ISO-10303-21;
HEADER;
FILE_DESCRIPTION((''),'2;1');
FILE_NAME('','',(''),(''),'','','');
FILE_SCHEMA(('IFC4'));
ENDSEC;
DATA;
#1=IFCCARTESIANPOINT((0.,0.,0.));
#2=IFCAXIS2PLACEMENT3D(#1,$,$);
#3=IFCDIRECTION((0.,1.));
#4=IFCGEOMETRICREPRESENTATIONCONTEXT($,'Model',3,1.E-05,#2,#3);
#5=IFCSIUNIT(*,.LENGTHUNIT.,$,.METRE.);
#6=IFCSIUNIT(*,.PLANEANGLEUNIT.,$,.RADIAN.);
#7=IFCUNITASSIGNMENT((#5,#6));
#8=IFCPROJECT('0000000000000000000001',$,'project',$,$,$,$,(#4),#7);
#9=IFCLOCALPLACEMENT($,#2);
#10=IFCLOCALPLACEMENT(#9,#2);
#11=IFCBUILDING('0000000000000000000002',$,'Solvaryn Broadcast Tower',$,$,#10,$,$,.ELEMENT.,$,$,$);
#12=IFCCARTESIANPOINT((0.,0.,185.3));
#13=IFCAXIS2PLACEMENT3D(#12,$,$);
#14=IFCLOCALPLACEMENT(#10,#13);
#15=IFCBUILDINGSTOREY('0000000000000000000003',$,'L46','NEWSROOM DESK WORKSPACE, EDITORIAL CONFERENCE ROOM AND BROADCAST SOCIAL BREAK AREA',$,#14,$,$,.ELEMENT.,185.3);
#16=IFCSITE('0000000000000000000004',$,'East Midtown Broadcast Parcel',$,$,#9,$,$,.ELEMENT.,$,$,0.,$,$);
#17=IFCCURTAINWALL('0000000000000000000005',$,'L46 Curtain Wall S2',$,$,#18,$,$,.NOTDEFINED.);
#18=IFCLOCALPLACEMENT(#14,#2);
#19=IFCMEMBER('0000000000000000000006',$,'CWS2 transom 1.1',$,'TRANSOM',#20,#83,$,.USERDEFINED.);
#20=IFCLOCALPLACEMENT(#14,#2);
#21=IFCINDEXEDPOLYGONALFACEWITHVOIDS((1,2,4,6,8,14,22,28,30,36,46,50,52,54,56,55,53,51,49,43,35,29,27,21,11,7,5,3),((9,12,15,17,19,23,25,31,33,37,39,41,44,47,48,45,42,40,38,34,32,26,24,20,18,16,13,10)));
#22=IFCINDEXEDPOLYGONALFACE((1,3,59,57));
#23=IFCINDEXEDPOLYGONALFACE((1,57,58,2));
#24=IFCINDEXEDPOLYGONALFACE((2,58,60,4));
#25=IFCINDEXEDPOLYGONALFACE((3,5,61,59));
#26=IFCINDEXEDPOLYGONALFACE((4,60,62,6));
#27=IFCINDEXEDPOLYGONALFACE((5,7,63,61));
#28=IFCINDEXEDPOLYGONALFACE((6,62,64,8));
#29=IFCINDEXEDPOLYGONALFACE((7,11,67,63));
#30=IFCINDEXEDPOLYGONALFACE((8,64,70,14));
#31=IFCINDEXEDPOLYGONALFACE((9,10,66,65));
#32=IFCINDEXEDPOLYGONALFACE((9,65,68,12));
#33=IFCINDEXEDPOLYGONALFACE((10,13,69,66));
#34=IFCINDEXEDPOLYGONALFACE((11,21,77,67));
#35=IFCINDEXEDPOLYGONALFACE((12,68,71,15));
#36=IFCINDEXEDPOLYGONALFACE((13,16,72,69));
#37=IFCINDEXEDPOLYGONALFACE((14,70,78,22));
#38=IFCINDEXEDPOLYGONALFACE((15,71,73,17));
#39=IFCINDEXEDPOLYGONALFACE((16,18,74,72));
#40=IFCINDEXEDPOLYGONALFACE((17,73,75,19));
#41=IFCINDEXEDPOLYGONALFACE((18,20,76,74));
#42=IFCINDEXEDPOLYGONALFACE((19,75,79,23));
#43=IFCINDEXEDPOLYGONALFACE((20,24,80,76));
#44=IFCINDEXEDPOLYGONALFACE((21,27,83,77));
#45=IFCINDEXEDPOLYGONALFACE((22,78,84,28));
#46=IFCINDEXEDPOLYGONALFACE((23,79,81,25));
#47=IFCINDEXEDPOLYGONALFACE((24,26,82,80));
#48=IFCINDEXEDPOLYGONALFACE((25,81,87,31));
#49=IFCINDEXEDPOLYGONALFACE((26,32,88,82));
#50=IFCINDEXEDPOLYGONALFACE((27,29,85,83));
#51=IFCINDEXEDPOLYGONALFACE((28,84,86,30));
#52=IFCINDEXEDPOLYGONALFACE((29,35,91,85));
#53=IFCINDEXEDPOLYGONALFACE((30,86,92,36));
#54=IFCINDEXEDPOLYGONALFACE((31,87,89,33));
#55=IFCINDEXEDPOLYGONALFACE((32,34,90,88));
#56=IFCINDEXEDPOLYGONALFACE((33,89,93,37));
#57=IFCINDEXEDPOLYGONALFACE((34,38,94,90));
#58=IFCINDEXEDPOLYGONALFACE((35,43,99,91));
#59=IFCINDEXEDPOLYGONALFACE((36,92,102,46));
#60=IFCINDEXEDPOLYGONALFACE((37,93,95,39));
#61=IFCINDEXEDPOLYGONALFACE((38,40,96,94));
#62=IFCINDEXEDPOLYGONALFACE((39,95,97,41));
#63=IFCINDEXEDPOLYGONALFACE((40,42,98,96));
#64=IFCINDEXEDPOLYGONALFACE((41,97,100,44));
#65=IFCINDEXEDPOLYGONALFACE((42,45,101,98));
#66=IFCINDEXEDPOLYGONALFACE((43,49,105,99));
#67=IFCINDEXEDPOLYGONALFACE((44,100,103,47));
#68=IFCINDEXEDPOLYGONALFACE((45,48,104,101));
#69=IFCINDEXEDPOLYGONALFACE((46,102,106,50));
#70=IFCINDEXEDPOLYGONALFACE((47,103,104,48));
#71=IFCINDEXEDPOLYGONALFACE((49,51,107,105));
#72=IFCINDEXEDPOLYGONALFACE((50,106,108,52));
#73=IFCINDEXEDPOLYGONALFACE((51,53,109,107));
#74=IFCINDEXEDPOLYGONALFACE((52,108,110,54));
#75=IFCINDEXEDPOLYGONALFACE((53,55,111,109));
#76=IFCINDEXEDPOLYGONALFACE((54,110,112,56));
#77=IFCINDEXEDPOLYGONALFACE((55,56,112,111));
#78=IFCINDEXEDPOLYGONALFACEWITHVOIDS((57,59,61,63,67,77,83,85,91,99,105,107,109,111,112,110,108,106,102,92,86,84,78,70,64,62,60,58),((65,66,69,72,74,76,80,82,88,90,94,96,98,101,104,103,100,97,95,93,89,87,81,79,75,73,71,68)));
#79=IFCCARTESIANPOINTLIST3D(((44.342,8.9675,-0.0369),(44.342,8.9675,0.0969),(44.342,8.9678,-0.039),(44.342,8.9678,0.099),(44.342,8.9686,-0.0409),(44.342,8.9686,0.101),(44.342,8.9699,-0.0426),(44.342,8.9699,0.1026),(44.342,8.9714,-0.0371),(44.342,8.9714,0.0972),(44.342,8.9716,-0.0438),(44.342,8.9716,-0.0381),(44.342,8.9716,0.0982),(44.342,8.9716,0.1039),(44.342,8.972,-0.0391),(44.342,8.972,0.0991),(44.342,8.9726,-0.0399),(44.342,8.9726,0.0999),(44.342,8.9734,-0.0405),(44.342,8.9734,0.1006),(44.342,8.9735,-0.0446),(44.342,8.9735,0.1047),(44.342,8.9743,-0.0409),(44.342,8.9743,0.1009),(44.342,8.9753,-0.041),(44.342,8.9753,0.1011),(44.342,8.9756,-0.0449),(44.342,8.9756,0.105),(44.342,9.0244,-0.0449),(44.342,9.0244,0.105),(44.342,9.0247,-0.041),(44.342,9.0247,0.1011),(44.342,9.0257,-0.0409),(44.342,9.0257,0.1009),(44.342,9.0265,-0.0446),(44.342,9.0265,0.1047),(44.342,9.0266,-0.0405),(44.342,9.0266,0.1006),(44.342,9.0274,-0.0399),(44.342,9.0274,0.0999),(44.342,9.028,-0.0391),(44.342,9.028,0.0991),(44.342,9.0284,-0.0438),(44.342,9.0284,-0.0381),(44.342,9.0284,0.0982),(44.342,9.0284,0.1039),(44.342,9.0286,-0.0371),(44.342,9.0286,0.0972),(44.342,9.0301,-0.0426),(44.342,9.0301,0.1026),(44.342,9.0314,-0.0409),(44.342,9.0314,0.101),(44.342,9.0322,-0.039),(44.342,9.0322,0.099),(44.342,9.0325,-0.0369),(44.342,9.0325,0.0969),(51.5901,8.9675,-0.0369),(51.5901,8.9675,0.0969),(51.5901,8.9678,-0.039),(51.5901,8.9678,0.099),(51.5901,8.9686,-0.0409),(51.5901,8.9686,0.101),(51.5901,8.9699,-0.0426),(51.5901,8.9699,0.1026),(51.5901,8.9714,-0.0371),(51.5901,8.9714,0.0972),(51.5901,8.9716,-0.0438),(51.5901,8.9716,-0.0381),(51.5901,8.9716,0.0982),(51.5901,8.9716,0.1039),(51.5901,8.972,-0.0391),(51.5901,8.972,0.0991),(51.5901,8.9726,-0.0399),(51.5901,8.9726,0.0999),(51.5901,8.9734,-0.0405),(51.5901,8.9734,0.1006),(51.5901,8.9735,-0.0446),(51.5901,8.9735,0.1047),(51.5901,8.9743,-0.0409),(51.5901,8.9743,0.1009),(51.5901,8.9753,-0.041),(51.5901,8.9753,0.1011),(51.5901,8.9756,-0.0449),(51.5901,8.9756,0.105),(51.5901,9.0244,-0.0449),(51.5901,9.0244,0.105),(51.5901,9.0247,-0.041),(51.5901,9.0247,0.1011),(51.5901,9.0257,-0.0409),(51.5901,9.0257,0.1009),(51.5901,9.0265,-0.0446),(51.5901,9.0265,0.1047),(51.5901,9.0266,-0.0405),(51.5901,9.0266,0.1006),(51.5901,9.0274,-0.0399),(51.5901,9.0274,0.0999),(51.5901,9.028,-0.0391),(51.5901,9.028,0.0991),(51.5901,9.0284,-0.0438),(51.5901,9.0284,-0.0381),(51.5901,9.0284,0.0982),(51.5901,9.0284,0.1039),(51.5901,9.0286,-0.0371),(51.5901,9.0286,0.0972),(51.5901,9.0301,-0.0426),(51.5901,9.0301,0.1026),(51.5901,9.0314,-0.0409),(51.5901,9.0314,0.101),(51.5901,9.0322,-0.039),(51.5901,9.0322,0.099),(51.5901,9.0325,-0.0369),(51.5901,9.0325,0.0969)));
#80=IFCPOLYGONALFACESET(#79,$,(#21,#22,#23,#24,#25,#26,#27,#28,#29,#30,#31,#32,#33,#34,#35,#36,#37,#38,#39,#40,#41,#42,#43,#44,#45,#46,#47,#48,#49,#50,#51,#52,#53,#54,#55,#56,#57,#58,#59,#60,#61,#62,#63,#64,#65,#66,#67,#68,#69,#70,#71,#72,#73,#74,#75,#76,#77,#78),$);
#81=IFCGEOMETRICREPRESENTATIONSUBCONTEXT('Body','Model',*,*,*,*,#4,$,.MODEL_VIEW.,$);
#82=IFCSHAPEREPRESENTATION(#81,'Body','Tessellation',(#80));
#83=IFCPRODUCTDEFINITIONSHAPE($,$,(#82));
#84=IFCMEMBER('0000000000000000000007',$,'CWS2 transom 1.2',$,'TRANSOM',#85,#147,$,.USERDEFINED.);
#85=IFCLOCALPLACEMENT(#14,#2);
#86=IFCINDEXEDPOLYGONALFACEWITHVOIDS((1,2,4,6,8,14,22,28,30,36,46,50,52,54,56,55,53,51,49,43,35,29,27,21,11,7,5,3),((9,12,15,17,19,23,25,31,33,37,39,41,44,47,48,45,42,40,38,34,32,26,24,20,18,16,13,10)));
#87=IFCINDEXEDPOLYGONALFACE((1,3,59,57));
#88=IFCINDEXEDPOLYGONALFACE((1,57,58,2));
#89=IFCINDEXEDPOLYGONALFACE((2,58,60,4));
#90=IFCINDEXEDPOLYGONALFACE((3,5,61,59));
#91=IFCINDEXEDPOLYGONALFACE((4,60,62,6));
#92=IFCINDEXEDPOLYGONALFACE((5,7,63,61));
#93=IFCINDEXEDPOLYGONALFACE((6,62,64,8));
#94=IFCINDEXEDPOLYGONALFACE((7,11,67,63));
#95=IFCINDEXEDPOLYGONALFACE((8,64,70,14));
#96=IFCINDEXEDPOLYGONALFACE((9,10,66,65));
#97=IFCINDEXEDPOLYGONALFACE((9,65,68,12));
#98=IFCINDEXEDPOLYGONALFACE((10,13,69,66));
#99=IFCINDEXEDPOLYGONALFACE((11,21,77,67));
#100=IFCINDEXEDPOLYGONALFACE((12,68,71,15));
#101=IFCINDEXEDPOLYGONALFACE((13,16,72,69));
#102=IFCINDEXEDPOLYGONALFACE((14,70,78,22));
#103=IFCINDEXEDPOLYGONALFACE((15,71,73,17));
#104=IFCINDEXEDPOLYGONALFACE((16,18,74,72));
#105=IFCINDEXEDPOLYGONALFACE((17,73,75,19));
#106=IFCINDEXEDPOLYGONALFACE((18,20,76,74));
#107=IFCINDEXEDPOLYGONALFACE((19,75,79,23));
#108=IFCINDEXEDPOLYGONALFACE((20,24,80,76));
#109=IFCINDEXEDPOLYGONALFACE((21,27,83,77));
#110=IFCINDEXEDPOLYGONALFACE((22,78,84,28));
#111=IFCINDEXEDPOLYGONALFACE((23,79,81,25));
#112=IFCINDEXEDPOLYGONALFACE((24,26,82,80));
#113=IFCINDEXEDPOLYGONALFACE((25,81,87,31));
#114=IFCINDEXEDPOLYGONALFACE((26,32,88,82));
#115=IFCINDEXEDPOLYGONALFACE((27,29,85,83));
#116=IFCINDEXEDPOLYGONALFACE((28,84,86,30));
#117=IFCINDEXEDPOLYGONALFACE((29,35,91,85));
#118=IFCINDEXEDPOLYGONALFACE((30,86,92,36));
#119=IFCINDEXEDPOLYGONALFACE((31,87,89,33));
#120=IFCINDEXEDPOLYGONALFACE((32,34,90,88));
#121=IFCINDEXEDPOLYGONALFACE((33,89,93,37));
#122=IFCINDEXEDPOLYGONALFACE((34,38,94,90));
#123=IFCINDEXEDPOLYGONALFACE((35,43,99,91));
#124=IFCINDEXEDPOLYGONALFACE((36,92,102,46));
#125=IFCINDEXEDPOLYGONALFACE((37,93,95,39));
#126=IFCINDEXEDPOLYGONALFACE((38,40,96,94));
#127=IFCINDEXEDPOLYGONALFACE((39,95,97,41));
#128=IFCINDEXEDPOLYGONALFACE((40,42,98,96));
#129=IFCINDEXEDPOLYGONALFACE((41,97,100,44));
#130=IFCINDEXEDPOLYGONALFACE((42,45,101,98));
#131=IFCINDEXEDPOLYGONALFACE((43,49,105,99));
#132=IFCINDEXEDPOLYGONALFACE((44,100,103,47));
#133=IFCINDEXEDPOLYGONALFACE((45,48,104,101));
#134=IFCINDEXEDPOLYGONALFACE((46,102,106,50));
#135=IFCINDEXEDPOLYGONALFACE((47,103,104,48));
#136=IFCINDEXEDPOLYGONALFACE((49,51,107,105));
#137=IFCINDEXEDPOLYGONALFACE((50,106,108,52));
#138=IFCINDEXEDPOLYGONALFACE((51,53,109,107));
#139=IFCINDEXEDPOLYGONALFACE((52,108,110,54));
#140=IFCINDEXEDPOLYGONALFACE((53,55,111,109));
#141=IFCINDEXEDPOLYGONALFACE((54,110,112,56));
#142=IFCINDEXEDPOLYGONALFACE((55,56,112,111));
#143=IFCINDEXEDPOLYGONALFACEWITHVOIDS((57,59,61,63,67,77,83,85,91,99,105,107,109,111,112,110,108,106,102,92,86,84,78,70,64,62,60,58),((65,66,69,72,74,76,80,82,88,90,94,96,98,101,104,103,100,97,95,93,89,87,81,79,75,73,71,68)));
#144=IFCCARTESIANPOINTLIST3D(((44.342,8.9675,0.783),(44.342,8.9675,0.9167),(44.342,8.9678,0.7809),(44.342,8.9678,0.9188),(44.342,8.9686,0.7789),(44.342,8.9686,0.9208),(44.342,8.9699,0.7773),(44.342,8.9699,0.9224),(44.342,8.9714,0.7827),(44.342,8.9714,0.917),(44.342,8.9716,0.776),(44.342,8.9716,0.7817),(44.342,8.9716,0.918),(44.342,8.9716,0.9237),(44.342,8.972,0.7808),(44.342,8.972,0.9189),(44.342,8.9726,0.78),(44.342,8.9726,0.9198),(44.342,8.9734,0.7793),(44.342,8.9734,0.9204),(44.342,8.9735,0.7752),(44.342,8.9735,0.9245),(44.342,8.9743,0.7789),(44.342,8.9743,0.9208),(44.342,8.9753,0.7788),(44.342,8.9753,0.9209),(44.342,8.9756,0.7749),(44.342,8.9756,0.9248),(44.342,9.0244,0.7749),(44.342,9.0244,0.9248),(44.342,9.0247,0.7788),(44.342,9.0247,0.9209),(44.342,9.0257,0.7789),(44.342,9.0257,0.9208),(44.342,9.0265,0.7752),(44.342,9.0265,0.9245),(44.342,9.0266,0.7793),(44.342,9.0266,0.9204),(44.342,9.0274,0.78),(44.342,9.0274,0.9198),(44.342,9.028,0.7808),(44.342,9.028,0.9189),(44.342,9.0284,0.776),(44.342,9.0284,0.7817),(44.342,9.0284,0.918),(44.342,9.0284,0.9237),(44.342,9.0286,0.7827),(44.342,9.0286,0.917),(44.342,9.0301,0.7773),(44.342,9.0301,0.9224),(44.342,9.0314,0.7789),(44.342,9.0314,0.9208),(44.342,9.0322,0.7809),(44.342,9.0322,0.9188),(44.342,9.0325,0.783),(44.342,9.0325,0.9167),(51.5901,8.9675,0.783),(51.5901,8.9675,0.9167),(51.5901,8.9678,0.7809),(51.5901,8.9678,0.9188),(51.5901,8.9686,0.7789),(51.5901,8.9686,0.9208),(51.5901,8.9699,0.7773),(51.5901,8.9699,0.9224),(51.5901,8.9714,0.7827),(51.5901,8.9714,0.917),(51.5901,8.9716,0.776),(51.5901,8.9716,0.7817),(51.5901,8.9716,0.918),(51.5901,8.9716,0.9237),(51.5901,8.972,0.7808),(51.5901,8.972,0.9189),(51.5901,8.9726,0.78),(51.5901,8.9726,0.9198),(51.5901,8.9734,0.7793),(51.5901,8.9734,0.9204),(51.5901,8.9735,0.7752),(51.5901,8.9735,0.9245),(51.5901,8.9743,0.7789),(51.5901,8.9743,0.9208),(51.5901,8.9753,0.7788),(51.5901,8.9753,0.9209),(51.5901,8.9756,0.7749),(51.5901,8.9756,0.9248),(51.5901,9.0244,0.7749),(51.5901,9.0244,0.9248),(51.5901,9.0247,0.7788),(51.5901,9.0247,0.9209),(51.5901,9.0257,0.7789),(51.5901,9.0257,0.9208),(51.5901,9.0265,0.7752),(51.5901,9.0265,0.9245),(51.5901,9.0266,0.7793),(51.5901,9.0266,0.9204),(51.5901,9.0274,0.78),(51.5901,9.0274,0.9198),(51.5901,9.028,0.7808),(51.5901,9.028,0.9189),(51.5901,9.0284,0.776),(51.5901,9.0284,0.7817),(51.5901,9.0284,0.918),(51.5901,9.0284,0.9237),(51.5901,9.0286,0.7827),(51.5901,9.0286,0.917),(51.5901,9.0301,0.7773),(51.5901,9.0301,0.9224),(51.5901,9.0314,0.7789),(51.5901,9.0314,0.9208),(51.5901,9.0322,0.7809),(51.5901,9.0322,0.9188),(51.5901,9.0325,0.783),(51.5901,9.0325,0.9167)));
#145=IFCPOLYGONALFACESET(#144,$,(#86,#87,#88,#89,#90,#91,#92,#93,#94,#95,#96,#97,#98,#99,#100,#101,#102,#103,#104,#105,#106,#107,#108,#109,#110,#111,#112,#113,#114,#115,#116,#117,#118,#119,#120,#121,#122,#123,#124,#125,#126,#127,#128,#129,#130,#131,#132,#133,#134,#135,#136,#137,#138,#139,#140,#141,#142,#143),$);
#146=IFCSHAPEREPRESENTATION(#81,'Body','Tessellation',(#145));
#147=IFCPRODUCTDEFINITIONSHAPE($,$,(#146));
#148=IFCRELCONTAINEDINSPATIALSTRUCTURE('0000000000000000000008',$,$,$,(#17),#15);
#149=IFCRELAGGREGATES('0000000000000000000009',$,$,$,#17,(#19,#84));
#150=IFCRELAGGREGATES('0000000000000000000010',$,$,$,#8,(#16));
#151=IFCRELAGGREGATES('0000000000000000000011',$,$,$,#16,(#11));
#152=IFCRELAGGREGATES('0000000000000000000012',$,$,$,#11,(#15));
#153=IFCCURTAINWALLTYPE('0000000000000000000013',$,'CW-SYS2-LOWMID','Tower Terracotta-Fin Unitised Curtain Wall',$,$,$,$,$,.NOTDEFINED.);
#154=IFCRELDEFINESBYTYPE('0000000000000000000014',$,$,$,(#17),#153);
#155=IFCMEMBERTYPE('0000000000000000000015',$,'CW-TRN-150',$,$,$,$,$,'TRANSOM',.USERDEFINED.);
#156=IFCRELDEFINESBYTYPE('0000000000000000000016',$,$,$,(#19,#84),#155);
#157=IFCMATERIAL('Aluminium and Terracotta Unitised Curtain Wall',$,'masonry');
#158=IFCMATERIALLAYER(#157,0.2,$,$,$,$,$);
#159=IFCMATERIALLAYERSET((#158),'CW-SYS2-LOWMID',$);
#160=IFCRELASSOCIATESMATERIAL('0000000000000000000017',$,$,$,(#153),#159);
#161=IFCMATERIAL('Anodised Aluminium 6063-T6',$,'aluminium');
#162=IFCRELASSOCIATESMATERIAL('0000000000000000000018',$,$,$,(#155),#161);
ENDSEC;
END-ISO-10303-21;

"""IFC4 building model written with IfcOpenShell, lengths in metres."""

from ifc_helpers import new_model, si_unit, direction, frame, origin, origin_2d, place, context, subcontext, project, spatial, hollow_rectangle, extrude, material, layer, layer_set, material_profile, profile_set, type_object, element, aggregate, save


model = new_model("IFC4")

# Units and contexts
model_context = context("Model", 3, precision=1e-05, world=origin(), true_north=direction((0.0, 1.0)))
body_context = subcontext(model_context, "Body", "Model", "MODEL_VIEW")
ifc_project = project(units=[si_unit("LENGTHUNIT", "METRE"), si_unit("PLANEANGLEUNIT", "RADIAN")], contexts=[model_context])

# Site, building, storey
site_placement = place(None, origin())
site = spatial("IfcSite", under=ifc_project, at=site_placement, Name="East Midtown Broadcast Parcel", CompositionType="ELEMENT", RefElevation=0.0)
building_placement = place(site_placement, origin())
building = spatial("IfcBuilding", under=site, at=building_placement, Name="Solvaryn Broadcast Tower", CompositionType="ELEMENT")
storey_placement = place(building_placement, frame((0.0, 0.0, 185.3)))
storey = spatial("IfcBuildingStorey", under=building, at=storey_placement, Name="L46", Description="NEWSROOM DESK WORKSPACE, EDITORIAL CONFERENCE ROOM AND BROADCAST SOCIAL BREAK AREA", CompositionType="ELEMENT", Elevation=185.3)

# Shared definitions
ifc_material_1 = material(Name="Aluminium and Terracotta Unitised Curtain Wall", Category="masonry")
ifc_layer_1 = layer(ifc_material_1, 0.2)
ifc_layer_set_1 = layer_set([ifc_layer_1], Name="CW-SYS2-LOWMID")
curtain_wall_type = type_object("IfcCurtainWallType", Name="CW-SYS2-LOWMID", Description="Tower Terracotta-Fin Unitised Curtain Wall", PredefinedType="NOTDEFINED", material=ifc_layer_set_1)

# Curtain wall, members
curtain_wall_1_placement = place(storey_placement, origin())
curtain_wall_1 = element("IfcCurtainWall", 1, at=curtain_wall_1_placement, inside=storey, type_object=curtain_wall_type, Name="L46 Curtain Wall S2", PredefinedType="NOTDEFINED")
ifc_material_2 = material(Name="Anodised Aluminium 6063-T6", Category="aluminium")
ifc_material_profile_1 = material_profile(ifc_material_2, hollow_rectangle(XDim=0.0649, YDim=0.1499, WallThickness=0.0039, InnerFilletRadius=0.0039, OuterFilletRadius=0.0081, at=origin_2d()))
ifc_profile_set_1 = profile_set([ifc_material_profile_1], Name="Anodised Aluminium 6063-T6")
member_type_1 = type_object("IfcMemberType", Name="CW-TRN-150", ElementType="TRANSOM", PredefinedType="USERDEFINED", material=ifc_profile_set_1)
member_1_placement = place(storey_placement, frame((44.342, 9.0, 0.03), z_axis=(1.0, 0.0, 0.0), x_axis=(0.0, 1.0, 0.0)))
member_1 = element("IfcMember", 2, at=member_1_placement, type_object=member_type_1, Name="CWS2 transom 1.1", ObjectType="TRANSOM", PredefinedType="USERDEFINED", context=body_context, shape_type="SweptSolid", body=[
    extrude(hollow_rectangle(XDim=0.0649, YDim=0.1499, WallThickness=0.0039, InnerFilletRadius=0.0039, OuterFilletRadius=0.0081, at=origin_2d()), origin(), (0.0, 0.0, 1.0), 7.248),
])
member_2_placement = place(storey_placement, frame((44.342, 9.0, 0.8499), z_axis=(1.0, 0.0, 0.0), x_axis=(0.0, 1.0, 0.0)))
member_2 = element("IfcMember", 3, at=member_2_placement, type_object=member_type_1, Name="CWS2 transom 1.2", ObjectType="TRANSOM", PredefinedType="USERDEFINED", context=body_context, shape_type="SweptSolid", body=[
    extrude(hollow_rectangle(XDim=0.0649, YDim=0.1499, WallThickness=0.0039, InnerFilletRadius=0.0039, OuterFilletRadius=0.0081, at=origin_2d()), origin(), (0.0, 0.0, 1.0), 7.248),
])
aggregate(curtain_wall_1, [member_1, member_2])

save(model, "model.ifc")
